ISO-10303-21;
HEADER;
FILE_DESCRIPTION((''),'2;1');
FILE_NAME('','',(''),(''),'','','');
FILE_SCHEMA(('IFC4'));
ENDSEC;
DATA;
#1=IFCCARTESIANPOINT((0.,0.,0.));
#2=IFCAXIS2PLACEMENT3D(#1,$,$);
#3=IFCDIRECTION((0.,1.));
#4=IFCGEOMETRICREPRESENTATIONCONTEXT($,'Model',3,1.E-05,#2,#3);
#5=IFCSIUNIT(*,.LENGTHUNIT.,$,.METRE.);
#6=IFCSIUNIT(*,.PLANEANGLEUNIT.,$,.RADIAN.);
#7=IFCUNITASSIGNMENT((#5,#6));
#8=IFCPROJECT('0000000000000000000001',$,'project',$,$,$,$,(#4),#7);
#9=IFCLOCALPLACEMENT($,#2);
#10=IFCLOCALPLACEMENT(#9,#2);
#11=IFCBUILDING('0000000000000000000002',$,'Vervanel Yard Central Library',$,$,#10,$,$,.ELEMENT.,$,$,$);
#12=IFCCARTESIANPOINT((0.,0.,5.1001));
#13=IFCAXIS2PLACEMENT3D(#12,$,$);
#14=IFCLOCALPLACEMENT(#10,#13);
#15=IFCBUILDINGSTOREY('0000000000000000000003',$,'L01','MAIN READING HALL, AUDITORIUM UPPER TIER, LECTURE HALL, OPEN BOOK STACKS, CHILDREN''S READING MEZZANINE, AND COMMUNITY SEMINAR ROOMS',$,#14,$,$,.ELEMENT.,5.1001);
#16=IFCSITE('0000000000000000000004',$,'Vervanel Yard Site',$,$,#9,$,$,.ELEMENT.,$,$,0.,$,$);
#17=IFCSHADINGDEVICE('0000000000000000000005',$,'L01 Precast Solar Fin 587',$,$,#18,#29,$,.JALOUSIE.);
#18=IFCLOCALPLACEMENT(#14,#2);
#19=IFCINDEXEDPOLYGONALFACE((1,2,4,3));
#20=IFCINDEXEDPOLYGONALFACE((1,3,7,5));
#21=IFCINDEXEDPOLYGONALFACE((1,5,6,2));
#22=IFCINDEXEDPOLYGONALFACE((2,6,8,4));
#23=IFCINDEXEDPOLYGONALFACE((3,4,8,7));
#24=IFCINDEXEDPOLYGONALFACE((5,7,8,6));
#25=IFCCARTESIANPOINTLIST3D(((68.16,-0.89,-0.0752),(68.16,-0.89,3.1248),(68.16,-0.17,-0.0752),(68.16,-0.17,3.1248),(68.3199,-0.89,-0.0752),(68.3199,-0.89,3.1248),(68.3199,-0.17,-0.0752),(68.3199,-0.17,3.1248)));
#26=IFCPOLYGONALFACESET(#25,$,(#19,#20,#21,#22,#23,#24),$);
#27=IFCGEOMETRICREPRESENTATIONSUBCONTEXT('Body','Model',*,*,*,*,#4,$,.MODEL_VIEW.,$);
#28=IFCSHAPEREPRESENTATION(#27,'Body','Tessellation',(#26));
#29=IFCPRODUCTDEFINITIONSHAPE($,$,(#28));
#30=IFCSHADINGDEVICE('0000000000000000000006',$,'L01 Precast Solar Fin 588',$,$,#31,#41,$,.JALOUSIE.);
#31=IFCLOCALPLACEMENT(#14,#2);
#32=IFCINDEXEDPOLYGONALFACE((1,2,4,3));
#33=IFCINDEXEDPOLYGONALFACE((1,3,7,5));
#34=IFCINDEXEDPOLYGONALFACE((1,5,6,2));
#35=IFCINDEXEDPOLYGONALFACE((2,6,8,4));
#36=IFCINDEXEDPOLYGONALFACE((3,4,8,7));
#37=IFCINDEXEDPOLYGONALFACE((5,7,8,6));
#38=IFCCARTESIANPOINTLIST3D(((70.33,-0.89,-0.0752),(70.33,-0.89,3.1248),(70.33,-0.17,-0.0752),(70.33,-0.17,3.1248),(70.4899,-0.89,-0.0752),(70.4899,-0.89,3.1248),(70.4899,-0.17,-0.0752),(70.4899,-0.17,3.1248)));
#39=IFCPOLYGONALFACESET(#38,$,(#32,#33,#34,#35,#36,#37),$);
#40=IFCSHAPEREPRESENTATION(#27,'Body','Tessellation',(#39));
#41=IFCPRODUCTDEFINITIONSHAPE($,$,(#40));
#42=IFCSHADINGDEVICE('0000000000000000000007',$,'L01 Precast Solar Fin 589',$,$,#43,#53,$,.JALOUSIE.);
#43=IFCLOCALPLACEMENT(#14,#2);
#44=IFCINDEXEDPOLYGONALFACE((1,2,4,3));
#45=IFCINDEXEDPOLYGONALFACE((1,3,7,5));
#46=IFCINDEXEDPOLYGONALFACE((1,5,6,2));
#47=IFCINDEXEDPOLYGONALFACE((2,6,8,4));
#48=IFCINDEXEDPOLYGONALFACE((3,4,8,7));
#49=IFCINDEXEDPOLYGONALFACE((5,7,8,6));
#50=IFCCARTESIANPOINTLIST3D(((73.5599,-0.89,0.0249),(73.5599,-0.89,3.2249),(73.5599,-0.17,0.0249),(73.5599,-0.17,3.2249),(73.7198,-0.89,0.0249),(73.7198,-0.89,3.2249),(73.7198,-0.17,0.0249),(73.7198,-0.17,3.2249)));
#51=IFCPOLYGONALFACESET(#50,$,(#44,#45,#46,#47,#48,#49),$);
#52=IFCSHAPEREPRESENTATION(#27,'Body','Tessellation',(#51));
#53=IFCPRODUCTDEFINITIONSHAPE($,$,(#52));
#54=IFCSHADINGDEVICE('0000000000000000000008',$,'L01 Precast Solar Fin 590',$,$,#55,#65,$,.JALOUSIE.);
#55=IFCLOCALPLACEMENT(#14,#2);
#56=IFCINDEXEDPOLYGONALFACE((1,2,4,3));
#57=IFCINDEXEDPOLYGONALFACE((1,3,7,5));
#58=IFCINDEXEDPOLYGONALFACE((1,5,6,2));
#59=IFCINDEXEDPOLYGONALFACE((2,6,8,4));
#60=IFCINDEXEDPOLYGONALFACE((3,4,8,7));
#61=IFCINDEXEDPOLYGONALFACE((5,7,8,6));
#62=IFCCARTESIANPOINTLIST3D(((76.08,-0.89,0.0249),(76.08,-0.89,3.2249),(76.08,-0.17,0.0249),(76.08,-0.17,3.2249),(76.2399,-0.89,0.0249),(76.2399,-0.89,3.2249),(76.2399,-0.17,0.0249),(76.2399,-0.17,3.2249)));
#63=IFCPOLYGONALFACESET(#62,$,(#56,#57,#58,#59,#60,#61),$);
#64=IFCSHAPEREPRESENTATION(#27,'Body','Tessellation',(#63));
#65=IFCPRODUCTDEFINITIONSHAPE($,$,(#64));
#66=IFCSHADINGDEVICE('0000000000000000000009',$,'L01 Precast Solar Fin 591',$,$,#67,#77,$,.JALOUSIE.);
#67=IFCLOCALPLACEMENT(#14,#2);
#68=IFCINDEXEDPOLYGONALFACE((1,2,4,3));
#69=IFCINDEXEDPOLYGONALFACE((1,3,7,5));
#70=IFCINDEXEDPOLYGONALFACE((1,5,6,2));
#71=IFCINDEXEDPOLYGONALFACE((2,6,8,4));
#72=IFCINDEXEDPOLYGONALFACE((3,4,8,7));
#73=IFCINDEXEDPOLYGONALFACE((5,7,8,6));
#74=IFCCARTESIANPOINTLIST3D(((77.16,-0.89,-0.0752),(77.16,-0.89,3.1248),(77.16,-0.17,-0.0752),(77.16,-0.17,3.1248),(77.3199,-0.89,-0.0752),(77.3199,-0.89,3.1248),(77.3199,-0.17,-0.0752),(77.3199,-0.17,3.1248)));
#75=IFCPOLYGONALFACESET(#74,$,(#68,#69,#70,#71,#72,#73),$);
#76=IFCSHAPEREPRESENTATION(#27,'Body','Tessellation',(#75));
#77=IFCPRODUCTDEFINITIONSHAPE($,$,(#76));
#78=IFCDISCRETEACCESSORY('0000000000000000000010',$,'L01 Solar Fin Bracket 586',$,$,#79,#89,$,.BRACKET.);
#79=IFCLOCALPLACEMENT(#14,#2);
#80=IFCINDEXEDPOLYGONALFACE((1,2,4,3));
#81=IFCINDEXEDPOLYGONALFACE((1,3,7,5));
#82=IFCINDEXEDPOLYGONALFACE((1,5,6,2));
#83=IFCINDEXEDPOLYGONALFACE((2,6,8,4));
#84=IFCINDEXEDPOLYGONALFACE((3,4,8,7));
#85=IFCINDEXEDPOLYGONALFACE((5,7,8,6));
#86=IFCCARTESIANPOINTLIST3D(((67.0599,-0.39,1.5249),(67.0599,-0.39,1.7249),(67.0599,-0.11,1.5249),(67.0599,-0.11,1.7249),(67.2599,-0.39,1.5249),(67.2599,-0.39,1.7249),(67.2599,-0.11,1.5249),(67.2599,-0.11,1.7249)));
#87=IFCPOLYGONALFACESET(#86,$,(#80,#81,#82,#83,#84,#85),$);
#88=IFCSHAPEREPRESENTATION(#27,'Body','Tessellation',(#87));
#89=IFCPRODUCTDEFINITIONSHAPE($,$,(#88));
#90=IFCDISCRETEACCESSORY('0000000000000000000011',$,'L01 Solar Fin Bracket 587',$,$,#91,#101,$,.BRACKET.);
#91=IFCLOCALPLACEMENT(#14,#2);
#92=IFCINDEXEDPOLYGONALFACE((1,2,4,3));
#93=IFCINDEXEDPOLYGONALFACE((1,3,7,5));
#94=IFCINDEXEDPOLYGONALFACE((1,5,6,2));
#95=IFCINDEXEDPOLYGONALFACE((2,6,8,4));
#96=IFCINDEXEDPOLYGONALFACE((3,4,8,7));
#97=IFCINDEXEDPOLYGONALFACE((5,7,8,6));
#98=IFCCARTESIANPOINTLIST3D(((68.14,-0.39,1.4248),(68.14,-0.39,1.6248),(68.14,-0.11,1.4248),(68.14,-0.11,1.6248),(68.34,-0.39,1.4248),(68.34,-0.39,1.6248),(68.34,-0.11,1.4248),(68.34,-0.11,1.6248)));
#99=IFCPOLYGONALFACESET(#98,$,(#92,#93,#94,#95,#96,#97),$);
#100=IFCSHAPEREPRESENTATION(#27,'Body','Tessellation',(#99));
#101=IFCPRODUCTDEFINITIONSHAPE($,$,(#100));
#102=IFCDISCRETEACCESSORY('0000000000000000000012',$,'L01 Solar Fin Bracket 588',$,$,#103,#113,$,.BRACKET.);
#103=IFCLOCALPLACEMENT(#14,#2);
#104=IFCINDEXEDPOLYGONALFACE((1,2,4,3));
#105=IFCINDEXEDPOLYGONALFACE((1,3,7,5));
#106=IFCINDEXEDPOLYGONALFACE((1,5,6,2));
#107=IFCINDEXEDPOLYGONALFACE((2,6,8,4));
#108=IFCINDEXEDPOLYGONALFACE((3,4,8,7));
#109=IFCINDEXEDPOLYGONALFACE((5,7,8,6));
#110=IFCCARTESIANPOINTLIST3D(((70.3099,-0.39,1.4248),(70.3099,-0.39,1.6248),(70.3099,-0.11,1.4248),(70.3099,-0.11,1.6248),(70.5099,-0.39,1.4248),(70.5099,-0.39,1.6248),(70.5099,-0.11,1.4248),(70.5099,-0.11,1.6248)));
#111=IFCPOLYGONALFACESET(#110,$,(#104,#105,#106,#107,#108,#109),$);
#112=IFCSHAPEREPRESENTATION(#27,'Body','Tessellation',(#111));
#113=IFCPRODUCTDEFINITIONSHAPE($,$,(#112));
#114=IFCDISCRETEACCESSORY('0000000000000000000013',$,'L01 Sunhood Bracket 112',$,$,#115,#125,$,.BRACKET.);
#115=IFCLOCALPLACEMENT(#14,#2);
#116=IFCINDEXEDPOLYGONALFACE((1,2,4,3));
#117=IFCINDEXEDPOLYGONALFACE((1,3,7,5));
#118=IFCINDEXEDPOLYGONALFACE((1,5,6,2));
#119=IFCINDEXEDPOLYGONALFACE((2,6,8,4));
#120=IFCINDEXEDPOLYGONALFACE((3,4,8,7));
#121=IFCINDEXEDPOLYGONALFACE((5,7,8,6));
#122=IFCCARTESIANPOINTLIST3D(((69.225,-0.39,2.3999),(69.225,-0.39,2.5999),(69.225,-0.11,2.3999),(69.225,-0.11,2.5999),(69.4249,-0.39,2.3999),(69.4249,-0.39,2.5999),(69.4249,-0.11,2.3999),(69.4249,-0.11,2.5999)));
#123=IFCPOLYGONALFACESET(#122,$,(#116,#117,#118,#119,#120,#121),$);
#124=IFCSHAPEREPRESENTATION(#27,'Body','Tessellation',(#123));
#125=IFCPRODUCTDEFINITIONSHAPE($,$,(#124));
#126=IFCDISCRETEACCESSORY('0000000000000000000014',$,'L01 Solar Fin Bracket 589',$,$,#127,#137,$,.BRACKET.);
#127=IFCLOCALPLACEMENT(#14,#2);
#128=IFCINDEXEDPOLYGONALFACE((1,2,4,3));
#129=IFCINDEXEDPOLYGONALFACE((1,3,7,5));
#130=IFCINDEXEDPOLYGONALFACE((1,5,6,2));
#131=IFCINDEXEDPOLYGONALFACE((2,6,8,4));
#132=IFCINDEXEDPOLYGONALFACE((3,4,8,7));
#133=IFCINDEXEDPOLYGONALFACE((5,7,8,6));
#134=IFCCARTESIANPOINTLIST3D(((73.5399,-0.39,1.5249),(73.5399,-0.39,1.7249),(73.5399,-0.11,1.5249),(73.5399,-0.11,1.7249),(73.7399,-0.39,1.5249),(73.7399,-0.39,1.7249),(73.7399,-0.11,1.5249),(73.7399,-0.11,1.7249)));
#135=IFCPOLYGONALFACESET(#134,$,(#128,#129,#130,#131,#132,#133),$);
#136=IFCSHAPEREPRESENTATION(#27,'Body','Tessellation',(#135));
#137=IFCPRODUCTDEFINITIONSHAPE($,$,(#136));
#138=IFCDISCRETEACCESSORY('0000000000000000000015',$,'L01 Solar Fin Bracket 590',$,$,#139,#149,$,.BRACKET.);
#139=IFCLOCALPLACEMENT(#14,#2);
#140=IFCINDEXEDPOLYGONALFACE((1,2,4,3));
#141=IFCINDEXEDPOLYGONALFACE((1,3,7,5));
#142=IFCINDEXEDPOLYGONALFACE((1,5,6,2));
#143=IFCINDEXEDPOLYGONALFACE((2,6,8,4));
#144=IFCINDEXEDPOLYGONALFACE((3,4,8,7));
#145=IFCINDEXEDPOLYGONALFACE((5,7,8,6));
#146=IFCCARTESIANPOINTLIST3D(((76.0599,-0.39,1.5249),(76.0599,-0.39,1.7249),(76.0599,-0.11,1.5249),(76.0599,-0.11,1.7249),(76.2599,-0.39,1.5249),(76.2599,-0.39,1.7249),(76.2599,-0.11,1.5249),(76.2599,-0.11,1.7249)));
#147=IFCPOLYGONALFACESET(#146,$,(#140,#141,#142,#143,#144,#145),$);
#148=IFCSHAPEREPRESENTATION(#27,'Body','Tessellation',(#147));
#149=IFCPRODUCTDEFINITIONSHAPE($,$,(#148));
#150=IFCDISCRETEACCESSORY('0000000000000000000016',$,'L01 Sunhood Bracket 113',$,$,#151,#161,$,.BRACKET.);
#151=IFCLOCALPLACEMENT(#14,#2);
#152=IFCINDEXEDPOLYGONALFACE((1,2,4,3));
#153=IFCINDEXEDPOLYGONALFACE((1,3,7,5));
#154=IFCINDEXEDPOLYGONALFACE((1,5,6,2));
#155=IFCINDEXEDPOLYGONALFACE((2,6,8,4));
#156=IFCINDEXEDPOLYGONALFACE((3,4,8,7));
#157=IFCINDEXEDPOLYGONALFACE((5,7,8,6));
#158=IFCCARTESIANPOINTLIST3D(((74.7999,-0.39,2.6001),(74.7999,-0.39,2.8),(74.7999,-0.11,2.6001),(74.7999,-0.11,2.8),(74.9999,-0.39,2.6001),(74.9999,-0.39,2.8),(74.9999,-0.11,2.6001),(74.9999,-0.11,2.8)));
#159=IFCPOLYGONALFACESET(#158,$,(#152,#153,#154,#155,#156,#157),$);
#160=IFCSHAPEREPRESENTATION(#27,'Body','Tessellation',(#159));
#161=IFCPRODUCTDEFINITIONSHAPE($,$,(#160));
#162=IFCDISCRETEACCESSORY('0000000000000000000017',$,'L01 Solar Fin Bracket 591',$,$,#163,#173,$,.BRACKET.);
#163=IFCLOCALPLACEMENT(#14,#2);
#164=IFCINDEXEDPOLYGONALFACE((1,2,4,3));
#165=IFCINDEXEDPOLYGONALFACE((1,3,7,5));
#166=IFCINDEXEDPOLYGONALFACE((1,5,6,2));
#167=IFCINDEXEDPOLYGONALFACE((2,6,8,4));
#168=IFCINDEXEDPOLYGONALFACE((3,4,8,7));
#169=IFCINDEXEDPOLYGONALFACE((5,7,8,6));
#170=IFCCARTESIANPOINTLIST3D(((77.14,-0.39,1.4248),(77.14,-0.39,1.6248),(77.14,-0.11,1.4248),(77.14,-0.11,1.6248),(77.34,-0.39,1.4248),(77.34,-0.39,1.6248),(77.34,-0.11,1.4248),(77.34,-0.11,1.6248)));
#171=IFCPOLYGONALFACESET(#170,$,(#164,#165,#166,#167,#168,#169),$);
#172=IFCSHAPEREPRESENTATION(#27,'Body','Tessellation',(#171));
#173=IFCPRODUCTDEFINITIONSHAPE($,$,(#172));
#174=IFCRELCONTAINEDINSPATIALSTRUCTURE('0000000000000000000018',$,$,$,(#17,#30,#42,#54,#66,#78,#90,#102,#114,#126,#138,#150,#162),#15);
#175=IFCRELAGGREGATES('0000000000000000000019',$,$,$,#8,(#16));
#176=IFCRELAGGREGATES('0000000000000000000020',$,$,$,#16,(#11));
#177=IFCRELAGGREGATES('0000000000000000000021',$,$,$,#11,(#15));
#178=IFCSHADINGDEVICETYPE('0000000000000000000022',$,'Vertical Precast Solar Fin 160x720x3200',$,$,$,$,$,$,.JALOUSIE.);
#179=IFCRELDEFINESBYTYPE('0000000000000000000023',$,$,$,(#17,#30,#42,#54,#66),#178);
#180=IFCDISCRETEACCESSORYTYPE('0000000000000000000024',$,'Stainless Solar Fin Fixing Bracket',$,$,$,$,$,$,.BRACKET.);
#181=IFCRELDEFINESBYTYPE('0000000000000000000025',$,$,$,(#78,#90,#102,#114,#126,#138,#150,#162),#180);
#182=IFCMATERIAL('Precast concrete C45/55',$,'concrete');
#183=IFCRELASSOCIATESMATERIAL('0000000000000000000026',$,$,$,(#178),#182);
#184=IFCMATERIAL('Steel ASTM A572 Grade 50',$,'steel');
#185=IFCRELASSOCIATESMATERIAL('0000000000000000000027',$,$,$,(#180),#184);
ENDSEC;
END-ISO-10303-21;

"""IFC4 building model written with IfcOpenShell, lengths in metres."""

from ifc_helpers import new_model, si_unit, direction, frame, origin, origin_2d, place, context, subcontext, project, spatial, rectangle, extrude, material, type_object, element, save


model = new_model("IFC4")

# Units and contexts
model_context = context("Model", 3, precision=1e-05, world=origin(), true_north=direction((0.0, 1.0)))
body_context = subcontext(model_context, "Body", "Model", "MODEL_VIEW")
ifc_project = project(units=[si_unit("LENGTHUNIT", "METRE"), si_unit("PLANEANGLEUNIT", "RADIAN")], contexts=[model_context])

# Site, building, storey
site_placement = place(None, origin())
site = spatial("IfcSite", under=ifc_project, at=site_placement, Name="Vervanel Yard Site", CompositionType="ELEMENT", RefElevation=0.0)
building_placement = place(site_placement, origin())
building = spatial("IfcBuilding", under=site, at=building_placement, Name="Vervanel Yard Central Library", CompositionType="ELEMENT")
storey_placement = place(building_placement, frame((0.0, 0.0, 5.1001)))
storey = spatial("IfcBuildingStorey", under=building, at=storey_placement, Name="L01", Description="MAIN READING HALL, AUDITORIUM UPPER TIER, LECTURE HALL, OPEN BOOK STACKS, CHILDREN'S READING MEZZANINE, AND COMMUNITY SEMINAR ROOMS", CompositionType="ELEMENT", Elevation=5.1001)

# Shared definitions
ifc_material_1 = material(Name="Precast concrete C45/55", Category="concrete")

# Shading devices
shading_device_type_1 = type_object("IfcShadingDeviceType", Name="Vertical Precast Solar Fin 160x720x3200", PredefinedType="JALOUSIE", material=ifc_material_1)
for number, where, z_axis, x_axis, name in (
    (1, (68.24, -0.53, -0.0752), (0.0, 0.0, 1.0), (1.0, 0.0, 0.0), "L01 Precast Solar Fin 587"),
    (2, (70.4099, -0.53, -0.0752), (0.0, 0.0, 1.0), (1.0, 0.0, 0.0), "L01 Precast Solar Fin 588"),
    (3, (73.6399, -0.53, 0.0249), (0.0, 0.0, 1.0), (1.0, 0.0, 0.0), "L01 Precast Solar Fin 589"),
    (4, (76.1599, -0.53, 0.0249), (0.0, 0.0, 1.0), (1.0, 0.0, 0.0), "L01 Precast Solar Fin 590"),
    (5, (77.24, -0.53, -0.0752), (0.0, 0.0, 1.0), (1.0, 0.0, 0.0), "L01 Precast Solar Fin 591"),
):
    element("IfcShadingDevice", number, at=place(storey_placement, frame(where, z_axis=z_axis, x_axis=x_axis)), inside=storey, type_object=shading_device_type_1, Name=name, PredefinedType="JALOUSIE", context=body_context, shape_type="SweptSolid", body=[
        extrude(rectangle(XDim=0.1599, YDim=0.72, at=origin_2d()), origin(), (0.0, 0.0, 1.0), 3.2),
    ])

# Discrete accessories
ifc_material_2 = material(Name="Steel ASTM A572 Grade 50", Category="steel")
discrete_accessory_type = type_object("IfcDiscreteAccessoryType", Name="Stainless Solar Fin Fixing Bracket", PredefinedType="BRACKET", material=ifc_material_2)
for number, where, z_axis, x_axis, name in (
    (6, (67.1599, -0.25, 1.5249), (0.0, 0.0, 1.0), (1.0, 0.0, 0.0), "L01 Solar Fin Bracket 586"),
    (7, (68.24, -0.25, 1.4248), (0.0, 0.0, 1.0), (1.0, 0.0, 0.0), "L01 Solar Fin Bracket 587"),
    (8, (70.4099, -0.25, 1.4248), (0.0, 0.0, 1.0), (1.0, 0.0, 0.0), "L01 Solar Fin Bracket 588"),
    (9, (69.325, -0.25, 2.3999), (0.0, 0.0, 1.0), (1.0, 0.0, 0.0), "L01 Sunhood Bracket 112"),
    (10, (73.6399, -0.25, 1.5249), (0.0, 0.0, 1.0), (1.0, 0.0, 0.0), "L01 Solar Fin Bracket 589"),
    (11, (76.1599, -0.25, 1.5249), (0.0, 0.0, 1.0), (1.0, 0.0, 0.0), "L01 Solar Fin Bracket 590"),
    (12, (74.8999, -0.25, 2.6001), (0.0, 0.0, 1.0), (1.0, 0.0, 0.0), "L01 Sunhood Bracket 113"),
    (13, (77.24, -0.25, 1.4248), (0.0, 0.0, 1.0), (1.0, 0.0, 0.0), "L01 Solar Fin Bracket 591"),
):
    element("IfcDiscreteAccessory", number, at=place(storey_placement, frame(where, z_axis=z_axis, x_axis=x_axis)), inside=storey, type_object=discrete_accessory_type, Name=name, PredefinedType="BRACKET", context=body_context, shape_type="SweptSolid", body=[
        extrude(rectangle(XDim=0.2, YDim=0.28, at=origin_2d()), origin(), (0.0, 0.0, 1.0), 0.2),
    ])

save(model, "model.ifc")
